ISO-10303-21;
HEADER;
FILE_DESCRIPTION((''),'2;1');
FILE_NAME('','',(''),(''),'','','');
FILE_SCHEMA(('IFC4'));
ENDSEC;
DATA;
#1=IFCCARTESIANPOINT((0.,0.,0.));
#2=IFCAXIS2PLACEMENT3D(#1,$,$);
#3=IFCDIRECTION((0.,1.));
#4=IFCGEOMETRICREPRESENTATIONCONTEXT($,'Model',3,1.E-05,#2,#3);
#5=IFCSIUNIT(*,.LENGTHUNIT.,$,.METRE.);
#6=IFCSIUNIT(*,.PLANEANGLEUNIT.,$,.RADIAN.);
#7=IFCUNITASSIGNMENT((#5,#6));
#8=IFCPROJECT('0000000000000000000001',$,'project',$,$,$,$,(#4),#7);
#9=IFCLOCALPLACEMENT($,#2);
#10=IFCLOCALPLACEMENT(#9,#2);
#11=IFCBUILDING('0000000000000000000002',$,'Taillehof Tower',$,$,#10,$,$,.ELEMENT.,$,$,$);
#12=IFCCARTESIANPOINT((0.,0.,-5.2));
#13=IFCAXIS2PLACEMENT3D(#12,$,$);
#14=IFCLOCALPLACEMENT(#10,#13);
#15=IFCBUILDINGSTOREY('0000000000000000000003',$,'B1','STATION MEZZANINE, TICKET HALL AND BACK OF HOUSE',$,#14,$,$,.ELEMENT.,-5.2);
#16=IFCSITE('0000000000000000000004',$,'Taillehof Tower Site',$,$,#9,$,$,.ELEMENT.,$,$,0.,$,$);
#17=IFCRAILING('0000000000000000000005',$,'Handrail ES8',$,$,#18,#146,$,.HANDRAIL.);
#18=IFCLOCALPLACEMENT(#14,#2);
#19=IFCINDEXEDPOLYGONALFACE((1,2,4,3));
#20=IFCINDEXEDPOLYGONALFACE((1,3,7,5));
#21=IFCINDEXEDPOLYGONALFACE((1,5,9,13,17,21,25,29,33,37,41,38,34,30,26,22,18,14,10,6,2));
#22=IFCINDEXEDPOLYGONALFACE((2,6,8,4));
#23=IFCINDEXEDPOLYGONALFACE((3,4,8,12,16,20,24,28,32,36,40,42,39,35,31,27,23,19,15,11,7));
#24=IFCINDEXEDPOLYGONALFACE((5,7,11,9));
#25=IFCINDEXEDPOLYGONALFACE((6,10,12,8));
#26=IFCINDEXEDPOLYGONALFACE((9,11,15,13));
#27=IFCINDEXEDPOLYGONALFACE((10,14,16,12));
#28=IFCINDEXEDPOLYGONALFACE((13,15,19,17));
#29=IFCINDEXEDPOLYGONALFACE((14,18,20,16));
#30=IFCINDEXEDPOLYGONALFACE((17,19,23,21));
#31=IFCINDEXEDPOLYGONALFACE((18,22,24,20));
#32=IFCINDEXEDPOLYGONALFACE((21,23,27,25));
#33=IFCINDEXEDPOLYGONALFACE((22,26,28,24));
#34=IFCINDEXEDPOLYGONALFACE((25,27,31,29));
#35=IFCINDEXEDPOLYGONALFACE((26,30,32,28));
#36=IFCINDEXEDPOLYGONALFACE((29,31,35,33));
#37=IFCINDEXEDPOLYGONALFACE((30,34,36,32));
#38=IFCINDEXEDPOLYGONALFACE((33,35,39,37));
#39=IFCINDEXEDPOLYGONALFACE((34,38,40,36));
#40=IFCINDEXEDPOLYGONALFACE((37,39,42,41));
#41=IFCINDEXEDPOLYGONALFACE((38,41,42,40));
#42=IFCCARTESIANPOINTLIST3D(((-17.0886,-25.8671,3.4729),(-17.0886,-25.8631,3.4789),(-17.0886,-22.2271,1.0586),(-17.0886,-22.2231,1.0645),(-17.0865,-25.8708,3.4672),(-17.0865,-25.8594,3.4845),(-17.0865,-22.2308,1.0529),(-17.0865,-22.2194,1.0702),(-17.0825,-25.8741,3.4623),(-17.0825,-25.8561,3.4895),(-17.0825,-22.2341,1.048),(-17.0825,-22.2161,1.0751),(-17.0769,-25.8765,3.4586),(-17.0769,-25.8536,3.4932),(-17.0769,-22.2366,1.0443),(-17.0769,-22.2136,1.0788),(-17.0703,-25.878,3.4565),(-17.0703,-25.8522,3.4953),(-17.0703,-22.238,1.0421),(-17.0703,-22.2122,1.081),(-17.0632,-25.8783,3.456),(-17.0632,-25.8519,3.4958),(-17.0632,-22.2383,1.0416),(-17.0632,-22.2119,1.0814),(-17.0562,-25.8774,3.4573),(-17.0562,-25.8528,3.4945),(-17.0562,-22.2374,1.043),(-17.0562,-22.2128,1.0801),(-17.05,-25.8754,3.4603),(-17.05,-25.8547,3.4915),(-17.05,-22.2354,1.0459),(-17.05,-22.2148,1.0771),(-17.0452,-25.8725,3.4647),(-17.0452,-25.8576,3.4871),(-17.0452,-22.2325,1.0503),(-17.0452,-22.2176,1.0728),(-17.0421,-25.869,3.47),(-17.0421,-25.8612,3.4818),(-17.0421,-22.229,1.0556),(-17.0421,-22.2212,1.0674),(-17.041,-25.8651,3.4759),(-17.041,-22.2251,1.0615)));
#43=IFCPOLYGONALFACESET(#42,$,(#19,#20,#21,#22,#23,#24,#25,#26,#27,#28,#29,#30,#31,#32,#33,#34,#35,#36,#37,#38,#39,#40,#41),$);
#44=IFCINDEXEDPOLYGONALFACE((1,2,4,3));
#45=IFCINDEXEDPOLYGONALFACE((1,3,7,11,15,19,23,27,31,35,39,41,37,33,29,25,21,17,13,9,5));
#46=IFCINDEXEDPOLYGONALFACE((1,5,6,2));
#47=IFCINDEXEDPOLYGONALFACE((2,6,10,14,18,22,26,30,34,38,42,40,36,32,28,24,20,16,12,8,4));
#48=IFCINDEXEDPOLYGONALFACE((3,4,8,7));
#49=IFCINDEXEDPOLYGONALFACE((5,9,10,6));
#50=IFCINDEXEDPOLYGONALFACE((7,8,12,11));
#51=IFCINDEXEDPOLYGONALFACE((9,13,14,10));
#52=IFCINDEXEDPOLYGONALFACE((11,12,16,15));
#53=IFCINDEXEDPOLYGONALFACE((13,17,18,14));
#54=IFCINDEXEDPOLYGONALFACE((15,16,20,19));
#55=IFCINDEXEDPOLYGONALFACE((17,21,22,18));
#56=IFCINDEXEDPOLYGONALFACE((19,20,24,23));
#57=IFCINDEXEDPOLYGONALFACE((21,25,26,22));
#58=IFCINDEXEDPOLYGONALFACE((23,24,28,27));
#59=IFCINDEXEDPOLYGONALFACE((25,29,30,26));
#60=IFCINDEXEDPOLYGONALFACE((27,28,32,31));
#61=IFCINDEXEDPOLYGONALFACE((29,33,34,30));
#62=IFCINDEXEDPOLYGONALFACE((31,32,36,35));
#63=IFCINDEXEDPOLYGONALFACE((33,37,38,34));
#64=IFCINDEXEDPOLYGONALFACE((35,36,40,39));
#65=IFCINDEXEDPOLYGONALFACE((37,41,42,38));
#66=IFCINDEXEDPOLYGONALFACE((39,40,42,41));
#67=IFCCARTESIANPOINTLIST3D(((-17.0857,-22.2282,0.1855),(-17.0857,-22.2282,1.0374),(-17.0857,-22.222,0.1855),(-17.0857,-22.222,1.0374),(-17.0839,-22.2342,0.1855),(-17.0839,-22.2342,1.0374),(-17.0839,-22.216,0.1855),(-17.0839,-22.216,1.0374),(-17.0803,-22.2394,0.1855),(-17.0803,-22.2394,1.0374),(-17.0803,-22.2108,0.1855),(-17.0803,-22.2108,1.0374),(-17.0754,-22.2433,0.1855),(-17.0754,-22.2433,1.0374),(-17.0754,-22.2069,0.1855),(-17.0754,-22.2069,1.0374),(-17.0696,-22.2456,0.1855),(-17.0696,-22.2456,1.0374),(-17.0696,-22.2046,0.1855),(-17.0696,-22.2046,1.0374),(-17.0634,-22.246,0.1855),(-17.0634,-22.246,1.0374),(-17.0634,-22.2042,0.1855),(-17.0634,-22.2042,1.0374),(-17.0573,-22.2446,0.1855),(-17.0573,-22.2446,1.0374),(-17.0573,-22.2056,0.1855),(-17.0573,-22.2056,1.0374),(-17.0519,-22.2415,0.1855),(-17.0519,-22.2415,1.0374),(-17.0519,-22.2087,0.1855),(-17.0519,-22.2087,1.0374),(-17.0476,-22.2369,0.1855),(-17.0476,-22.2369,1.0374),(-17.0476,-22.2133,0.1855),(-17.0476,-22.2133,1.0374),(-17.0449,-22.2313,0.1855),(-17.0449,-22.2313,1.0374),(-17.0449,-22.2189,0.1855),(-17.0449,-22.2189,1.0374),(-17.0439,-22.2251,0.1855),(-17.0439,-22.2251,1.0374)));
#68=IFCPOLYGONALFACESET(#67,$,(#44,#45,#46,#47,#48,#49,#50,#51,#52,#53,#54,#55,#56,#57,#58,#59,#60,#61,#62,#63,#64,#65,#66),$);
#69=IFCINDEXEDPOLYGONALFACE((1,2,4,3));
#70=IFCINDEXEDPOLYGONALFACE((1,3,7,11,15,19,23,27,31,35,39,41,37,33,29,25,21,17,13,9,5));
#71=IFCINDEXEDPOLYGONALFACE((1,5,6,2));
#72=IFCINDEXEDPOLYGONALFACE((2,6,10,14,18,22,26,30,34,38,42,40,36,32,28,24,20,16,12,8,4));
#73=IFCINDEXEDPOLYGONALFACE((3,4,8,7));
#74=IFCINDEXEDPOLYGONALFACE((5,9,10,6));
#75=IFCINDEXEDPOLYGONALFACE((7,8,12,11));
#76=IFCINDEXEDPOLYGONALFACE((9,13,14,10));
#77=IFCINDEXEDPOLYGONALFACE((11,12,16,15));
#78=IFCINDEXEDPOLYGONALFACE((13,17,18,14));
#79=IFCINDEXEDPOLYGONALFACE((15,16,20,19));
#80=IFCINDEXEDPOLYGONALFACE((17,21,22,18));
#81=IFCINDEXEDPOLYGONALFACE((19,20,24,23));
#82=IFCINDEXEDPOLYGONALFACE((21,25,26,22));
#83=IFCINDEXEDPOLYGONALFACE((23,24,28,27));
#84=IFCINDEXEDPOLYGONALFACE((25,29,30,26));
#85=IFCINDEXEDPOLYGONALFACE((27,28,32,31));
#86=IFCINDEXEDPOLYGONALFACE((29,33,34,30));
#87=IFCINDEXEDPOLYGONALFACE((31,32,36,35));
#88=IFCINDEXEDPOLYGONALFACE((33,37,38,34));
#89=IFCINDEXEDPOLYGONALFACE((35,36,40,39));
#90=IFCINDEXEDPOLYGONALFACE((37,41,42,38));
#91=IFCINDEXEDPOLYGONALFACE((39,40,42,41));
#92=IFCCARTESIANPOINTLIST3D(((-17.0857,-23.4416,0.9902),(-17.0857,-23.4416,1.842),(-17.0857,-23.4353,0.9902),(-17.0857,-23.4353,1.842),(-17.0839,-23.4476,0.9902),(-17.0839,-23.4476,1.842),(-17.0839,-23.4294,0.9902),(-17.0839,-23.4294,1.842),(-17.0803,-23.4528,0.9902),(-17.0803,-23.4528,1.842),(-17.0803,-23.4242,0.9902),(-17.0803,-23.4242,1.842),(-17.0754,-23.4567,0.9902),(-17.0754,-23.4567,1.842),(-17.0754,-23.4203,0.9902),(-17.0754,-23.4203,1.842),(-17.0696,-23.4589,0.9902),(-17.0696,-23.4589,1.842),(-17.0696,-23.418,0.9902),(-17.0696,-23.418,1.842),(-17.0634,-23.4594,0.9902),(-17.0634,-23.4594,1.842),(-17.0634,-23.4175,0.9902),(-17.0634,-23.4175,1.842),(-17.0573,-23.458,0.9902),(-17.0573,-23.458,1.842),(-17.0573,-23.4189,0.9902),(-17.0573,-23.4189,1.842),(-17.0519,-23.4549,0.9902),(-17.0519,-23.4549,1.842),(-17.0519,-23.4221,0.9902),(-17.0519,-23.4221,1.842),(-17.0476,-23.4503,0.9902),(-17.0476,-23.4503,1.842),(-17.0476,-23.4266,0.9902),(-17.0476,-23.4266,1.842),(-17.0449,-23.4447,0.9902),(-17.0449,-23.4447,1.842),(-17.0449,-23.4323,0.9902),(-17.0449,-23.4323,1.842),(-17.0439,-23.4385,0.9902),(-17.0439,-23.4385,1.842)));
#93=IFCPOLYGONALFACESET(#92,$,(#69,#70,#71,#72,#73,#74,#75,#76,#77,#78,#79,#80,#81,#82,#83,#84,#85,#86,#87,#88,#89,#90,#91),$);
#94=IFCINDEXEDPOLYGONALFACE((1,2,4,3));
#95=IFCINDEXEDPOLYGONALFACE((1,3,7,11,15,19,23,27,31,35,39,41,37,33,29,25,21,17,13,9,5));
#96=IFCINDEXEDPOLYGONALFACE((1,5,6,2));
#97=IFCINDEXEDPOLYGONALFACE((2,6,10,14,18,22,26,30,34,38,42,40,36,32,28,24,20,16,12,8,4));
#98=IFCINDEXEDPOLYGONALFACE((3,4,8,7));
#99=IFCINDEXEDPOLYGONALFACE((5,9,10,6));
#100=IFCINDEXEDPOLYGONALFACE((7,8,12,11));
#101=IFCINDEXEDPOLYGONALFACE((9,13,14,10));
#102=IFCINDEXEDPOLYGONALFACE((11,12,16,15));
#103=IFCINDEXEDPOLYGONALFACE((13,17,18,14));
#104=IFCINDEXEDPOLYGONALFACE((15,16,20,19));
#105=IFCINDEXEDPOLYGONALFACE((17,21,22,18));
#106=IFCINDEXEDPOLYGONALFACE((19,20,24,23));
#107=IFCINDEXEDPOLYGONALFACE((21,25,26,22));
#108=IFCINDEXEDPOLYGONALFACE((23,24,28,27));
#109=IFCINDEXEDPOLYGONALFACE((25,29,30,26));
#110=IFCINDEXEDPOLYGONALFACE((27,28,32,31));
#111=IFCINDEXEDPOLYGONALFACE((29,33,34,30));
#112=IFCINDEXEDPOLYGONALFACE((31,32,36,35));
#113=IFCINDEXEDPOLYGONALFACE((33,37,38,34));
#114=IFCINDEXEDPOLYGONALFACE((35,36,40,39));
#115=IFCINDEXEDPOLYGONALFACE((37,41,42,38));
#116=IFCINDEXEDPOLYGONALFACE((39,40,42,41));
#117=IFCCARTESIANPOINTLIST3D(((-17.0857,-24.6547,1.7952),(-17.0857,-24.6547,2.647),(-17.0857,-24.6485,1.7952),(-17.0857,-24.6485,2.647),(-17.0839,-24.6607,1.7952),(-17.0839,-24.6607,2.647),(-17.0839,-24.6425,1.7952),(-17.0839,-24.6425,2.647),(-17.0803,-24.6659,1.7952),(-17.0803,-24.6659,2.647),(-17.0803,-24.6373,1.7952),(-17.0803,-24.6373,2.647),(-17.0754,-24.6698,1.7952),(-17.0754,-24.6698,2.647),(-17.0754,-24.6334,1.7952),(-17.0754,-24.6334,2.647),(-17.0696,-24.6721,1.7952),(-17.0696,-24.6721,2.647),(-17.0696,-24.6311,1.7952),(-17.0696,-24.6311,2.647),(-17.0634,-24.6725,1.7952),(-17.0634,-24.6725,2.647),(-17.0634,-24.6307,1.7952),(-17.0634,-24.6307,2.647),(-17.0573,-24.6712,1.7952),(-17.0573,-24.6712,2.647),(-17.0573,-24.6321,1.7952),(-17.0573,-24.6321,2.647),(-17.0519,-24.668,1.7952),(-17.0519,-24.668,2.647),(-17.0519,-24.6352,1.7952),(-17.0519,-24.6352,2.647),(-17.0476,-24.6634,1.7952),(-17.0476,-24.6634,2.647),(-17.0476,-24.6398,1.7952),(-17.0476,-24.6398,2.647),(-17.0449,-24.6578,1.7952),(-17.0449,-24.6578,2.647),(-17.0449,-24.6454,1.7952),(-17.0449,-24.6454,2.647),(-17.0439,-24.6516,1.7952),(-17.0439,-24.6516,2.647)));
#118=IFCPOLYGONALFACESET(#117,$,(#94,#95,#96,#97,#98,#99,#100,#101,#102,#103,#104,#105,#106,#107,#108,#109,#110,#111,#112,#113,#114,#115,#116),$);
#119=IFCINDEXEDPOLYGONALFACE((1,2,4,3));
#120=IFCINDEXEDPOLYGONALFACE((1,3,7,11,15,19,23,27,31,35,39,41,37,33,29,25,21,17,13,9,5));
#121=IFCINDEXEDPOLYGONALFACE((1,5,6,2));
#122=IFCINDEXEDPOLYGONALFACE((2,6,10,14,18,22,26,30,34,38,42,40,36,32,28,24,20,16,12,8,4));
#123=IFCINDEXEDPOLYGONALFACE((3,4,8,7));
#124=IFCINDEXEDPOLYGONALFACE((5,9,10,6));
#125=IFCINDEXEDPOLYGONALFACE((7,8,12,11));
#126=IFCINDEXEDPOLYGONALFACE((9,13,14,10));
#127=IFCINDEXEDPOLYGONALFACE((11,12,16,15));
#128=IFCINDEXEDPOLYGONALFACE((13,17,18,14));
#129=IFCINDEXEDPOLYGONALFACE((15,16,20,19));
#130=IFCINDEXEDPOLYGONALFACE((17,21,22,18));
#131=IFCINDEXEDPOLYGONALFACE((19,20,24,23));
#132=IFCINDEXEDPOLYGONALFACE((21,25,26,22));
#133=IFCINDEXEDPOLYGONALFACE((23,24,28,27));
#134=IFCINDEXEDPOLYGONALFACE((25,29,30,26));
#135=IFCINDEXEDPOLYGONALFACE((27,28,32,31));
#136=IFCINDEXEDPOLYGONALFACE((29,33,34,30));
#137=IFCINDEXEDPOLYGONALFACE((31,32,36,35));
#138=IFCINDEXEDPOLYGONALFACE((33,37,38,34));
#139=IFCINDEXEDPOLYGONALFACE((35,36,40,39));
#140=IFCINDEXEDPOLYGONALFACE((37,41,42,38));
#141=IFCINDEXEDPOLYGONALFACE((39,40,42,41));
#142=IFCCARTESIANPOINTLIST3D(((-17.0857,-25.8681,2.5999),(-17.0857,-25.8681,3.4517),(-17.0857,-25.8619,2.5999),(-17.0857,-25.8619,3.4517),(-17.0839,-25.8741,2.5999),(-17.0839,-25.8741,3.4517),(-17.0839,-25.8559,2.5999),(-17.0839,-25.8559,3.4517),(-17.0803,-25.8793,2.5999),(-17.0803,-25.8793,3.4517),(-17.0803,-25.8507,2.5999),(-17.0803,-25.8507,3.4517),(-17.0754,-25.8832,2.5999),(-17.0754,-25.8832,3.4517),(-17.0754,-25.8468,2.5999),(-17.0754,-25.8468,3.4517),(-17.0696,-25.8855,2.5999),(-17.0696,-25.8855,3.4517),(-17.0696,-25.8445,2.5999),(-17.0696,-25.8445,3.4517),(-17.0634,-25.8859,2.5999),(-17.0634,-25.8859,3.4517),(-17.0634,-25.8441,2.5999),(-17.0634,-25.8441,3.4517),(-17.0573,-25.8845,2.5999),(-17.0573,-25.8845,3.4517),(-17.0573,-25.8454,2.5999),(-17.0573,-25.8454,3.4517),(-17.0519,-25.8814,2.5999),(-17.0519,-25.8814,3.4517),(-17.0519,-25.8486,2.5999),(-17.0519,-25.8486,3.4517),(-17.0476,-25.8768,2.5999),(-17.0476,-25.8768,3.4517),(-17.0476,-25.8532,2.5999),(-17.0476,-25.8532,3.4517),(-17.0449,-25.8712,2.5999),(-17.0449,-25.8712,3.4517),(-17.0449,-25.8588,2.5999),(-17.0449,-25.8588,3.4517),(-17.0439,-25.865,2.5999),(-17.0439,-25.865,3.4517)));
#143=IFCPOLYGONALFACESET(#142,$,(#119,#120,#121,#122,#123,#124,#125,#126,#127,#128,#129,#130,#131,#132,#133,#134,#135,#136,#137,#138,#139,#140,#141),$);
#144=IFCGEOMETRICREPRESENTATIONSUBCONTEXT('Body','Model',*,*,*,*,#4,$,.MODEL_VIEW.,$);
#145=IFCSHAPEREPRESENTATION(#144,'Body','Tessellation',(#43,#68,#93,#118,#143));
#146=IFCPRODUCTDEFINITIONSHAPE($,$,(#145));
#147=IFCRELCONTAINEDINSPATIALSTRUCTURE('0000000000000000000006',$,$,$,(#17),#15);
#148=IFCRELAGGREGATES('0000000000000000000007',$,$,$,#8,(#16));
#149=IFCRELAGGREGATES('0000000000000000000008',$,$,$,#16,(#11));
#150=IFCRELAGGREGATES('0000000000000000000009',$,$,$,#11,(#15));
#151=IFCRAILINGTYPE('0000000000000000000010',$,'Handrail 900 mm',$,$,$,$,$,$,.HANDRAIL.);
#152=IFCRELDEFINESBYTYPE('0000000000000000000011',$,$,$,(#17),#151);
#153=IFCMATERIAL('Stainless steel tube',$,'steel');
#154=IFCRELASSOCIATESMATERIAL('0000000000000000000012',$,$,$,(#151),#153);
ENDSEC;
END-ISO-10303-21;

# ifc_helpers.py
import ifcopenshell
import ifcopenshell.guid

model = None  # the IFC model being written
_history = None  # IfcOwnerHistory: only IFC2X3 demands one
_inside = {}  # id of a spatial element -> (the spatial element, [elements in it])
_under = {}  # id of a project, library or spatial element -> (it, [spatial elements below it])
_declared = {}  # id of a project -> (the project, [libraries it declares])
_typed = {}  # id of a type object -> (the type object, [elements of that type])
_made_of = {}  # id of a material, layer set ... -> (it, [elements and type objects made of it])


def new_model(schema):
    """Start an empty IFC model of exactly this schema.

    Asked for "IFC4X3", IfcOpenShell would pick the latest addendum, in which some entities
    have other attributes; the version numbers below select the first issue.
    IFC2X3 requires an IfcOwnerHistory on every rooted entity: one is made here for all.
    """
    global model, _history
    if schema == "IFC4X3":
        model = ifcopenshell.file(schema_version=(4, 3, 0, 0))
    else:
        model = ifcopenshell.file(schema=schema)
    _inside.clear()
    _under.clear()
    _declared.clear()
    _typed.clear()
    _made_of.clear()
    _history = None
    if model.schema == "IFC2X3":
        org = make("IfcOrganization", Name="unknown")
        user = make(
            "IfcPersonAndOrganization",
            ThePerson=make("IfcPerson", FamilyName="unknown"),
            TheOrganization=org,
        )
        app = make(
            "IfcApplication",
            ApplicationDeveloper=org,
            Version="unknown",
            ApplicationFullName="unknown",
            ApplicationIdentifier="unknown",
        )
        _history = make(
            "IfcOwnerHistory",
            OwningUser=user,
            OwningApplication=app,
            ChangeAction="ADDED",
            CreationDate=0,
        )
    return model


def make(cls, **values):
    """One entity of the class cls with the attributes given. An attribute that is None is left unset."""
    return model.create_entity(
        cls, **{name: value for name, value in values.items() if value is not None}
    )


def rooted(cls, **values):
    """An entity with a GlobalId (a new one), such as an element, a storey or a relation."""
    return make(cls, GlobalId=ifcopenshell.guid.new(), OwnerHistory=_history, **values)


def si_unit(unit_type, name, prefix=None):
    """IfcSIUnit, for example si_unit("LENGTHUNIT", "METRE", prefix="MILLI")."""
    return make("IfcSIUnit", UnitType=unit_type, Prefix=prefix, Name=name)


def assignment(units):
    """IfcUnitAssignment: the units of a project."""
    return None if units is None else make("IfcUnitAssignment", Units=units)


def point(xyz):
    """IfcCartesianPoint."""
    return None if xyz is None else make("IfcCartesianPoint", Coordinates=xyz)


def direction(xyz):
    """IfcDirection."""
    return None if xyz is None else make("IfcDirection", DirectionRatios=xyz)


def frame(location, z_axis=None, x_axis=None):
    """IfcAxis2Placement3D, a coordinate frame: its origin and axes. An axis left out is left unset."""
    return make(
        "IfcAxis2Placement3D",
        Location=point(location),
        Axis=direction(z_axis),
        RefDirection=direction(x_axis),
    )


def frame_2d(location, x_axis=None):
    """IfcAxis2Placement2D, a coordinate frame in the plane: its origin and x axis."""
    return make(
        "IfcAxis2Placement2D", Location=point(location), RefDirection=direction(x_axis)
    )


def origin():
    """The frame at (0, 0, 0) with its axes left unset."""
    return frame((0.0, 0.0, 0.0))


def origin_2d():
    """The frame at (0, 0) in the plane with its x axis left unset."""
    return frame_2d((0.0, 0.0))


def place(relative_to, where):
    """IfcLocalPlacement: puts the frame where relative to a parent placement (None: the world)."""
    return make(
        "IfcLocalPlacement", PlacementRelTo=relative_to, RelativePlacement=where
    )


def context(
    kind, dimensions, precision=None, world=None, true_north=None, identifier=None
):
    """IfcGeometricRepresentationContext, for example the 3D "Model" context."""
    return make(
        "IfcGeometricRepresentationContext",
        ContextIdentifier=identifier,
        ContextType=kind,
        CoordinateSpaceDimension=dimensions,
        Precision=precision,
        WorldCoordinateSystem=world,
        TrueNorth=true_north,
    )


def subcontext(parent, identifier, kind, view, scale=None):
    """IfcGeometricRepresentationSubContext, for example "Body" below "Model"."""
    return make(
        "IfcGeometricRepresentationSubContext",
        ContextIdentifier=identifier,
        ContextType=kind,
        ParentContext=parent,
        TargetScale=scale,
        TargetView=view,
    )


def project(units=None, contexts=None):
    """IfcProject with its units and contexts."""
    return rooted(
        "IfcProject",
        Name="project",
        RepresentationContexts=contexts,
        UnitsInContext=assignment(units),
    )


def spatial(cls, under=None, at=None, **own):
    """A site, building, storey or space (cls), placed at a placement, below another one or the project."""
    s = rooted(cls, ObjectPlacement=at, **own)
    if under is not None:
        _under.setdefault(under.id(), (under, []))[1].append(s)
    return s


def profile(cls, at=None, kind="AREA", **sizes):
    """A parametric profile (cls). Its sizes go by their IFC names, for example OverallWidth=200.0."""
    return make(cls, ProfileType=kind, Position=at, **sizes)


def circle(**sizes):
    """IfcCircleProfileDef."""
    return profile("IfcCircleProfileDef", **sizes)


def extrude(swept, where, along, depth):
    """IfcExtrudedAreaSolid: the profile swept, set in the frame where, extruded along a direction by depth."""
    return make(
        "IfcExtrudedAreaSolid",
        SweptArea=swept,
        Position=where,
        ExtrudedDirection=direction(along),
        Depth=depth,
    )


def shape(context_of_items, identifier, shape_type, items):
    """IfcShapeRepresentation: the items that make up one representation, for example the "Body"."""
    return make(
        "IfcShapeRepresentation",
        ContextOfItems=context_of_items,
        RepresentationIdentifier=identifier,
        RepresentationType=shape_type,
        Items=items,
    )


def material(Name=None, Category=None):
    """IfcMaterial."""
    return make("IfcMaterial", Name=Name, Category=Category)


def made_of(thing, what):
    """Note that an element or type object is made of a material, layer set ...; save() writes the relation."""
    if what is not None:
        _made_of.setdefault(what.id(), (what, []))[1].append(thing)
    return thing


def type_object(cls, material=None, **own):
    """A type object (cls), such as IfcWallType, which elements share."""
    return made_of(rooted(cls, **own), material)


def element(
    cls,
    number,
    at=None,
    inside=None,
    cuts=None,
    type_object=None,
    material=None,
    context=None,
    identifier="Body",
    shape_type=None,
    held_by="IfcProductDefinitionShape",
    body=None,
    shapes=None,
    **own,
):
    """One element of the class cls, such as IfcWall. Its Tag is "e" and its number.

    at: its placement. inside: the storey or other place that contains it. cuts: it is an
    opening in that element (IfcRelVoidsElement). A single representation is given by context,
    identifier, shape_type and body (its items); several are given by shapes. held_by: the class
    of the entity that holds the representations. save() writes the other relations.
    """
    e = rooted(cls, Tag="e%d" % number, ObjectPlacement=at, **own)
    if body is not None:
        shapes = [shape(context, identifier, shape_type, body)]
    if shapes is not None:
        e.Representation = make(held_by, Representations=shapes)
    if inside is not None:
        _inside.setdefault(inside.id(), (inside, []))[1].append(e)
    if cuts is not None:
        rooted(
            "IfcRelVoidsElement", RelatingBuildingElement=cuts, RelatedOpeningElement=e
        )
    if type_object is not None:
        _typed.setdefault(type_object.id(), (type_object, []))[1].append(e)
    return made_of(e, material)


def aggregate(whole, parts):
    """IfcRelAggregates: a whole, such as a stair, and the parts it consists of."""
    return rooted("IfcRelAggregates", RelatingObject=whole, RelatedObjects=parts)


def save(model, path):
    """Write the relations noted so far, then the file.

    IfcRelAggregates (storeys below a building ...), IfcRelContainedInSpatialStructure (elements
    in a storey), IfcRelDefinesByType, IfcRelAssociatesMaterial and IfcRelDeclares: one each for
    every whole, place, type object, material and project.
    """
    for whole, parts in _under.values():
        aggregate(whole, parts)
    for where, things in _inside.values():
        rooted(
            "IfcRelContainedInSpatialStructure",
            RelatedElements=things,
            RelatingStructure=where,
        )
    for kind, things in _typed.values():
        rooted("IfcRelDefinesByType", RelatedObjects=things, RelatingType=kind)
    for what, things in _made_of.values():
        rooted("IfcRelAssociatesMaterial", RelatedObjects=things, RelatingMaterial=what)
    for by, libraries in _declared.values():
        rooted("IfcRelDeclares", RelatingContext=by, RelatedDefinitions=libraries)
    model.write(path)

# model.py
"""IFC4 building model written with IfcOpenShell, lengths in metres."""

from ifc_helpers import new_model, si_unit, direction, frame, origin, origin_2d, place, context, subcontext, project, spatial, circle, extrude, material, type_object, element, save


model = new_model("IFC4")

# Units and contexts
model_context = context("Model", 3, precision=1e-05, world=origin(), true_north=direction((0.0, 1.0)))
body_context = subcontext(model_context, "Body", "Model", "MODEL_VIEW")
ifc_project = project(units=[si_unit("LENGTHUNIT", "METRE"), si_unit("PLANEANGLEUNIT", "RADIAN")], contexts=[model_context])

# Site, building, storey
site_placement = place(None, origin())
site = spatial("IfcSite", under=ifc_project, at=site_placement, Name="Taillehof Tower Site", CompositionType="ELEMENT", RefElevation=0.0)
building_placement = place(site_placement, origin())
building = spatial("IfcBuilding", under=site, at=building_placement, Name="Taillehof Tower", CompositionType="ELEMENT")
storey_placement = place(building_placement, frame((0.0, 0.0, -5.2)))
storey = spatial("IfcBuildingStorey", under=building, at=storey_placement, Name="B1", Description="STATION MEZZANINE, TICKET HALL AND BACK OF HOUSE", CompositionType="ELEMENT", Elevation=-5.2)

# Railing
ifc_material_1 = material(Name="Stainless steel tube", Category="steel")
railing_type = type_object("IfcRailingType", Name="Handrail 900 mm", PredefinedType="HANDRAIL", material=ifc_material_1)
for number, where, name in (
    (1, (-17.0649, -22.2251, 0.1855), "Handrail ES8"),
):
    element("IfcRailing", number, at=place(storey_placement, frame(where)), inside=storey, type_object=railing_type, Name=name, PredefinedType="HANDRAIL", context=body_context, shape_type="SweptSolid", body=[
        extrude(circle(Radius=0.0239, at=origin_2d()), frame((0.0, 0.0, 0.876), z_axis=(0.0, -0.833347, 0.552751), x_axis=(1.0, 0.0, 0.0)), (0.0, 0.0, 1.0), 4.3679),
        extrude(circle(Radius=0.021, at=origin_2d()), origin(), (0.0, 0.0, 1.0), 0.8518),
        extrude(circle(Radius=0.021, at=origin_2d()), frame((0.0, -1.2134, 0.8047)), (0.0, 0.0, 1.0), 0.8518),
        extrude(circle(Radius=0.021, at=origin_2d()), frame((0.0, -2.4265, 1.6096)), (0.0, 0.0, 1.0), 0.8518),
        extrude(circle(Radius=0.021, at=origin_2d()), frame((0.0, -3.6399, 2.4143)), (0.0, 0.0, 1.0), 0.8518),
    ])

save(model, "model.ifc")
